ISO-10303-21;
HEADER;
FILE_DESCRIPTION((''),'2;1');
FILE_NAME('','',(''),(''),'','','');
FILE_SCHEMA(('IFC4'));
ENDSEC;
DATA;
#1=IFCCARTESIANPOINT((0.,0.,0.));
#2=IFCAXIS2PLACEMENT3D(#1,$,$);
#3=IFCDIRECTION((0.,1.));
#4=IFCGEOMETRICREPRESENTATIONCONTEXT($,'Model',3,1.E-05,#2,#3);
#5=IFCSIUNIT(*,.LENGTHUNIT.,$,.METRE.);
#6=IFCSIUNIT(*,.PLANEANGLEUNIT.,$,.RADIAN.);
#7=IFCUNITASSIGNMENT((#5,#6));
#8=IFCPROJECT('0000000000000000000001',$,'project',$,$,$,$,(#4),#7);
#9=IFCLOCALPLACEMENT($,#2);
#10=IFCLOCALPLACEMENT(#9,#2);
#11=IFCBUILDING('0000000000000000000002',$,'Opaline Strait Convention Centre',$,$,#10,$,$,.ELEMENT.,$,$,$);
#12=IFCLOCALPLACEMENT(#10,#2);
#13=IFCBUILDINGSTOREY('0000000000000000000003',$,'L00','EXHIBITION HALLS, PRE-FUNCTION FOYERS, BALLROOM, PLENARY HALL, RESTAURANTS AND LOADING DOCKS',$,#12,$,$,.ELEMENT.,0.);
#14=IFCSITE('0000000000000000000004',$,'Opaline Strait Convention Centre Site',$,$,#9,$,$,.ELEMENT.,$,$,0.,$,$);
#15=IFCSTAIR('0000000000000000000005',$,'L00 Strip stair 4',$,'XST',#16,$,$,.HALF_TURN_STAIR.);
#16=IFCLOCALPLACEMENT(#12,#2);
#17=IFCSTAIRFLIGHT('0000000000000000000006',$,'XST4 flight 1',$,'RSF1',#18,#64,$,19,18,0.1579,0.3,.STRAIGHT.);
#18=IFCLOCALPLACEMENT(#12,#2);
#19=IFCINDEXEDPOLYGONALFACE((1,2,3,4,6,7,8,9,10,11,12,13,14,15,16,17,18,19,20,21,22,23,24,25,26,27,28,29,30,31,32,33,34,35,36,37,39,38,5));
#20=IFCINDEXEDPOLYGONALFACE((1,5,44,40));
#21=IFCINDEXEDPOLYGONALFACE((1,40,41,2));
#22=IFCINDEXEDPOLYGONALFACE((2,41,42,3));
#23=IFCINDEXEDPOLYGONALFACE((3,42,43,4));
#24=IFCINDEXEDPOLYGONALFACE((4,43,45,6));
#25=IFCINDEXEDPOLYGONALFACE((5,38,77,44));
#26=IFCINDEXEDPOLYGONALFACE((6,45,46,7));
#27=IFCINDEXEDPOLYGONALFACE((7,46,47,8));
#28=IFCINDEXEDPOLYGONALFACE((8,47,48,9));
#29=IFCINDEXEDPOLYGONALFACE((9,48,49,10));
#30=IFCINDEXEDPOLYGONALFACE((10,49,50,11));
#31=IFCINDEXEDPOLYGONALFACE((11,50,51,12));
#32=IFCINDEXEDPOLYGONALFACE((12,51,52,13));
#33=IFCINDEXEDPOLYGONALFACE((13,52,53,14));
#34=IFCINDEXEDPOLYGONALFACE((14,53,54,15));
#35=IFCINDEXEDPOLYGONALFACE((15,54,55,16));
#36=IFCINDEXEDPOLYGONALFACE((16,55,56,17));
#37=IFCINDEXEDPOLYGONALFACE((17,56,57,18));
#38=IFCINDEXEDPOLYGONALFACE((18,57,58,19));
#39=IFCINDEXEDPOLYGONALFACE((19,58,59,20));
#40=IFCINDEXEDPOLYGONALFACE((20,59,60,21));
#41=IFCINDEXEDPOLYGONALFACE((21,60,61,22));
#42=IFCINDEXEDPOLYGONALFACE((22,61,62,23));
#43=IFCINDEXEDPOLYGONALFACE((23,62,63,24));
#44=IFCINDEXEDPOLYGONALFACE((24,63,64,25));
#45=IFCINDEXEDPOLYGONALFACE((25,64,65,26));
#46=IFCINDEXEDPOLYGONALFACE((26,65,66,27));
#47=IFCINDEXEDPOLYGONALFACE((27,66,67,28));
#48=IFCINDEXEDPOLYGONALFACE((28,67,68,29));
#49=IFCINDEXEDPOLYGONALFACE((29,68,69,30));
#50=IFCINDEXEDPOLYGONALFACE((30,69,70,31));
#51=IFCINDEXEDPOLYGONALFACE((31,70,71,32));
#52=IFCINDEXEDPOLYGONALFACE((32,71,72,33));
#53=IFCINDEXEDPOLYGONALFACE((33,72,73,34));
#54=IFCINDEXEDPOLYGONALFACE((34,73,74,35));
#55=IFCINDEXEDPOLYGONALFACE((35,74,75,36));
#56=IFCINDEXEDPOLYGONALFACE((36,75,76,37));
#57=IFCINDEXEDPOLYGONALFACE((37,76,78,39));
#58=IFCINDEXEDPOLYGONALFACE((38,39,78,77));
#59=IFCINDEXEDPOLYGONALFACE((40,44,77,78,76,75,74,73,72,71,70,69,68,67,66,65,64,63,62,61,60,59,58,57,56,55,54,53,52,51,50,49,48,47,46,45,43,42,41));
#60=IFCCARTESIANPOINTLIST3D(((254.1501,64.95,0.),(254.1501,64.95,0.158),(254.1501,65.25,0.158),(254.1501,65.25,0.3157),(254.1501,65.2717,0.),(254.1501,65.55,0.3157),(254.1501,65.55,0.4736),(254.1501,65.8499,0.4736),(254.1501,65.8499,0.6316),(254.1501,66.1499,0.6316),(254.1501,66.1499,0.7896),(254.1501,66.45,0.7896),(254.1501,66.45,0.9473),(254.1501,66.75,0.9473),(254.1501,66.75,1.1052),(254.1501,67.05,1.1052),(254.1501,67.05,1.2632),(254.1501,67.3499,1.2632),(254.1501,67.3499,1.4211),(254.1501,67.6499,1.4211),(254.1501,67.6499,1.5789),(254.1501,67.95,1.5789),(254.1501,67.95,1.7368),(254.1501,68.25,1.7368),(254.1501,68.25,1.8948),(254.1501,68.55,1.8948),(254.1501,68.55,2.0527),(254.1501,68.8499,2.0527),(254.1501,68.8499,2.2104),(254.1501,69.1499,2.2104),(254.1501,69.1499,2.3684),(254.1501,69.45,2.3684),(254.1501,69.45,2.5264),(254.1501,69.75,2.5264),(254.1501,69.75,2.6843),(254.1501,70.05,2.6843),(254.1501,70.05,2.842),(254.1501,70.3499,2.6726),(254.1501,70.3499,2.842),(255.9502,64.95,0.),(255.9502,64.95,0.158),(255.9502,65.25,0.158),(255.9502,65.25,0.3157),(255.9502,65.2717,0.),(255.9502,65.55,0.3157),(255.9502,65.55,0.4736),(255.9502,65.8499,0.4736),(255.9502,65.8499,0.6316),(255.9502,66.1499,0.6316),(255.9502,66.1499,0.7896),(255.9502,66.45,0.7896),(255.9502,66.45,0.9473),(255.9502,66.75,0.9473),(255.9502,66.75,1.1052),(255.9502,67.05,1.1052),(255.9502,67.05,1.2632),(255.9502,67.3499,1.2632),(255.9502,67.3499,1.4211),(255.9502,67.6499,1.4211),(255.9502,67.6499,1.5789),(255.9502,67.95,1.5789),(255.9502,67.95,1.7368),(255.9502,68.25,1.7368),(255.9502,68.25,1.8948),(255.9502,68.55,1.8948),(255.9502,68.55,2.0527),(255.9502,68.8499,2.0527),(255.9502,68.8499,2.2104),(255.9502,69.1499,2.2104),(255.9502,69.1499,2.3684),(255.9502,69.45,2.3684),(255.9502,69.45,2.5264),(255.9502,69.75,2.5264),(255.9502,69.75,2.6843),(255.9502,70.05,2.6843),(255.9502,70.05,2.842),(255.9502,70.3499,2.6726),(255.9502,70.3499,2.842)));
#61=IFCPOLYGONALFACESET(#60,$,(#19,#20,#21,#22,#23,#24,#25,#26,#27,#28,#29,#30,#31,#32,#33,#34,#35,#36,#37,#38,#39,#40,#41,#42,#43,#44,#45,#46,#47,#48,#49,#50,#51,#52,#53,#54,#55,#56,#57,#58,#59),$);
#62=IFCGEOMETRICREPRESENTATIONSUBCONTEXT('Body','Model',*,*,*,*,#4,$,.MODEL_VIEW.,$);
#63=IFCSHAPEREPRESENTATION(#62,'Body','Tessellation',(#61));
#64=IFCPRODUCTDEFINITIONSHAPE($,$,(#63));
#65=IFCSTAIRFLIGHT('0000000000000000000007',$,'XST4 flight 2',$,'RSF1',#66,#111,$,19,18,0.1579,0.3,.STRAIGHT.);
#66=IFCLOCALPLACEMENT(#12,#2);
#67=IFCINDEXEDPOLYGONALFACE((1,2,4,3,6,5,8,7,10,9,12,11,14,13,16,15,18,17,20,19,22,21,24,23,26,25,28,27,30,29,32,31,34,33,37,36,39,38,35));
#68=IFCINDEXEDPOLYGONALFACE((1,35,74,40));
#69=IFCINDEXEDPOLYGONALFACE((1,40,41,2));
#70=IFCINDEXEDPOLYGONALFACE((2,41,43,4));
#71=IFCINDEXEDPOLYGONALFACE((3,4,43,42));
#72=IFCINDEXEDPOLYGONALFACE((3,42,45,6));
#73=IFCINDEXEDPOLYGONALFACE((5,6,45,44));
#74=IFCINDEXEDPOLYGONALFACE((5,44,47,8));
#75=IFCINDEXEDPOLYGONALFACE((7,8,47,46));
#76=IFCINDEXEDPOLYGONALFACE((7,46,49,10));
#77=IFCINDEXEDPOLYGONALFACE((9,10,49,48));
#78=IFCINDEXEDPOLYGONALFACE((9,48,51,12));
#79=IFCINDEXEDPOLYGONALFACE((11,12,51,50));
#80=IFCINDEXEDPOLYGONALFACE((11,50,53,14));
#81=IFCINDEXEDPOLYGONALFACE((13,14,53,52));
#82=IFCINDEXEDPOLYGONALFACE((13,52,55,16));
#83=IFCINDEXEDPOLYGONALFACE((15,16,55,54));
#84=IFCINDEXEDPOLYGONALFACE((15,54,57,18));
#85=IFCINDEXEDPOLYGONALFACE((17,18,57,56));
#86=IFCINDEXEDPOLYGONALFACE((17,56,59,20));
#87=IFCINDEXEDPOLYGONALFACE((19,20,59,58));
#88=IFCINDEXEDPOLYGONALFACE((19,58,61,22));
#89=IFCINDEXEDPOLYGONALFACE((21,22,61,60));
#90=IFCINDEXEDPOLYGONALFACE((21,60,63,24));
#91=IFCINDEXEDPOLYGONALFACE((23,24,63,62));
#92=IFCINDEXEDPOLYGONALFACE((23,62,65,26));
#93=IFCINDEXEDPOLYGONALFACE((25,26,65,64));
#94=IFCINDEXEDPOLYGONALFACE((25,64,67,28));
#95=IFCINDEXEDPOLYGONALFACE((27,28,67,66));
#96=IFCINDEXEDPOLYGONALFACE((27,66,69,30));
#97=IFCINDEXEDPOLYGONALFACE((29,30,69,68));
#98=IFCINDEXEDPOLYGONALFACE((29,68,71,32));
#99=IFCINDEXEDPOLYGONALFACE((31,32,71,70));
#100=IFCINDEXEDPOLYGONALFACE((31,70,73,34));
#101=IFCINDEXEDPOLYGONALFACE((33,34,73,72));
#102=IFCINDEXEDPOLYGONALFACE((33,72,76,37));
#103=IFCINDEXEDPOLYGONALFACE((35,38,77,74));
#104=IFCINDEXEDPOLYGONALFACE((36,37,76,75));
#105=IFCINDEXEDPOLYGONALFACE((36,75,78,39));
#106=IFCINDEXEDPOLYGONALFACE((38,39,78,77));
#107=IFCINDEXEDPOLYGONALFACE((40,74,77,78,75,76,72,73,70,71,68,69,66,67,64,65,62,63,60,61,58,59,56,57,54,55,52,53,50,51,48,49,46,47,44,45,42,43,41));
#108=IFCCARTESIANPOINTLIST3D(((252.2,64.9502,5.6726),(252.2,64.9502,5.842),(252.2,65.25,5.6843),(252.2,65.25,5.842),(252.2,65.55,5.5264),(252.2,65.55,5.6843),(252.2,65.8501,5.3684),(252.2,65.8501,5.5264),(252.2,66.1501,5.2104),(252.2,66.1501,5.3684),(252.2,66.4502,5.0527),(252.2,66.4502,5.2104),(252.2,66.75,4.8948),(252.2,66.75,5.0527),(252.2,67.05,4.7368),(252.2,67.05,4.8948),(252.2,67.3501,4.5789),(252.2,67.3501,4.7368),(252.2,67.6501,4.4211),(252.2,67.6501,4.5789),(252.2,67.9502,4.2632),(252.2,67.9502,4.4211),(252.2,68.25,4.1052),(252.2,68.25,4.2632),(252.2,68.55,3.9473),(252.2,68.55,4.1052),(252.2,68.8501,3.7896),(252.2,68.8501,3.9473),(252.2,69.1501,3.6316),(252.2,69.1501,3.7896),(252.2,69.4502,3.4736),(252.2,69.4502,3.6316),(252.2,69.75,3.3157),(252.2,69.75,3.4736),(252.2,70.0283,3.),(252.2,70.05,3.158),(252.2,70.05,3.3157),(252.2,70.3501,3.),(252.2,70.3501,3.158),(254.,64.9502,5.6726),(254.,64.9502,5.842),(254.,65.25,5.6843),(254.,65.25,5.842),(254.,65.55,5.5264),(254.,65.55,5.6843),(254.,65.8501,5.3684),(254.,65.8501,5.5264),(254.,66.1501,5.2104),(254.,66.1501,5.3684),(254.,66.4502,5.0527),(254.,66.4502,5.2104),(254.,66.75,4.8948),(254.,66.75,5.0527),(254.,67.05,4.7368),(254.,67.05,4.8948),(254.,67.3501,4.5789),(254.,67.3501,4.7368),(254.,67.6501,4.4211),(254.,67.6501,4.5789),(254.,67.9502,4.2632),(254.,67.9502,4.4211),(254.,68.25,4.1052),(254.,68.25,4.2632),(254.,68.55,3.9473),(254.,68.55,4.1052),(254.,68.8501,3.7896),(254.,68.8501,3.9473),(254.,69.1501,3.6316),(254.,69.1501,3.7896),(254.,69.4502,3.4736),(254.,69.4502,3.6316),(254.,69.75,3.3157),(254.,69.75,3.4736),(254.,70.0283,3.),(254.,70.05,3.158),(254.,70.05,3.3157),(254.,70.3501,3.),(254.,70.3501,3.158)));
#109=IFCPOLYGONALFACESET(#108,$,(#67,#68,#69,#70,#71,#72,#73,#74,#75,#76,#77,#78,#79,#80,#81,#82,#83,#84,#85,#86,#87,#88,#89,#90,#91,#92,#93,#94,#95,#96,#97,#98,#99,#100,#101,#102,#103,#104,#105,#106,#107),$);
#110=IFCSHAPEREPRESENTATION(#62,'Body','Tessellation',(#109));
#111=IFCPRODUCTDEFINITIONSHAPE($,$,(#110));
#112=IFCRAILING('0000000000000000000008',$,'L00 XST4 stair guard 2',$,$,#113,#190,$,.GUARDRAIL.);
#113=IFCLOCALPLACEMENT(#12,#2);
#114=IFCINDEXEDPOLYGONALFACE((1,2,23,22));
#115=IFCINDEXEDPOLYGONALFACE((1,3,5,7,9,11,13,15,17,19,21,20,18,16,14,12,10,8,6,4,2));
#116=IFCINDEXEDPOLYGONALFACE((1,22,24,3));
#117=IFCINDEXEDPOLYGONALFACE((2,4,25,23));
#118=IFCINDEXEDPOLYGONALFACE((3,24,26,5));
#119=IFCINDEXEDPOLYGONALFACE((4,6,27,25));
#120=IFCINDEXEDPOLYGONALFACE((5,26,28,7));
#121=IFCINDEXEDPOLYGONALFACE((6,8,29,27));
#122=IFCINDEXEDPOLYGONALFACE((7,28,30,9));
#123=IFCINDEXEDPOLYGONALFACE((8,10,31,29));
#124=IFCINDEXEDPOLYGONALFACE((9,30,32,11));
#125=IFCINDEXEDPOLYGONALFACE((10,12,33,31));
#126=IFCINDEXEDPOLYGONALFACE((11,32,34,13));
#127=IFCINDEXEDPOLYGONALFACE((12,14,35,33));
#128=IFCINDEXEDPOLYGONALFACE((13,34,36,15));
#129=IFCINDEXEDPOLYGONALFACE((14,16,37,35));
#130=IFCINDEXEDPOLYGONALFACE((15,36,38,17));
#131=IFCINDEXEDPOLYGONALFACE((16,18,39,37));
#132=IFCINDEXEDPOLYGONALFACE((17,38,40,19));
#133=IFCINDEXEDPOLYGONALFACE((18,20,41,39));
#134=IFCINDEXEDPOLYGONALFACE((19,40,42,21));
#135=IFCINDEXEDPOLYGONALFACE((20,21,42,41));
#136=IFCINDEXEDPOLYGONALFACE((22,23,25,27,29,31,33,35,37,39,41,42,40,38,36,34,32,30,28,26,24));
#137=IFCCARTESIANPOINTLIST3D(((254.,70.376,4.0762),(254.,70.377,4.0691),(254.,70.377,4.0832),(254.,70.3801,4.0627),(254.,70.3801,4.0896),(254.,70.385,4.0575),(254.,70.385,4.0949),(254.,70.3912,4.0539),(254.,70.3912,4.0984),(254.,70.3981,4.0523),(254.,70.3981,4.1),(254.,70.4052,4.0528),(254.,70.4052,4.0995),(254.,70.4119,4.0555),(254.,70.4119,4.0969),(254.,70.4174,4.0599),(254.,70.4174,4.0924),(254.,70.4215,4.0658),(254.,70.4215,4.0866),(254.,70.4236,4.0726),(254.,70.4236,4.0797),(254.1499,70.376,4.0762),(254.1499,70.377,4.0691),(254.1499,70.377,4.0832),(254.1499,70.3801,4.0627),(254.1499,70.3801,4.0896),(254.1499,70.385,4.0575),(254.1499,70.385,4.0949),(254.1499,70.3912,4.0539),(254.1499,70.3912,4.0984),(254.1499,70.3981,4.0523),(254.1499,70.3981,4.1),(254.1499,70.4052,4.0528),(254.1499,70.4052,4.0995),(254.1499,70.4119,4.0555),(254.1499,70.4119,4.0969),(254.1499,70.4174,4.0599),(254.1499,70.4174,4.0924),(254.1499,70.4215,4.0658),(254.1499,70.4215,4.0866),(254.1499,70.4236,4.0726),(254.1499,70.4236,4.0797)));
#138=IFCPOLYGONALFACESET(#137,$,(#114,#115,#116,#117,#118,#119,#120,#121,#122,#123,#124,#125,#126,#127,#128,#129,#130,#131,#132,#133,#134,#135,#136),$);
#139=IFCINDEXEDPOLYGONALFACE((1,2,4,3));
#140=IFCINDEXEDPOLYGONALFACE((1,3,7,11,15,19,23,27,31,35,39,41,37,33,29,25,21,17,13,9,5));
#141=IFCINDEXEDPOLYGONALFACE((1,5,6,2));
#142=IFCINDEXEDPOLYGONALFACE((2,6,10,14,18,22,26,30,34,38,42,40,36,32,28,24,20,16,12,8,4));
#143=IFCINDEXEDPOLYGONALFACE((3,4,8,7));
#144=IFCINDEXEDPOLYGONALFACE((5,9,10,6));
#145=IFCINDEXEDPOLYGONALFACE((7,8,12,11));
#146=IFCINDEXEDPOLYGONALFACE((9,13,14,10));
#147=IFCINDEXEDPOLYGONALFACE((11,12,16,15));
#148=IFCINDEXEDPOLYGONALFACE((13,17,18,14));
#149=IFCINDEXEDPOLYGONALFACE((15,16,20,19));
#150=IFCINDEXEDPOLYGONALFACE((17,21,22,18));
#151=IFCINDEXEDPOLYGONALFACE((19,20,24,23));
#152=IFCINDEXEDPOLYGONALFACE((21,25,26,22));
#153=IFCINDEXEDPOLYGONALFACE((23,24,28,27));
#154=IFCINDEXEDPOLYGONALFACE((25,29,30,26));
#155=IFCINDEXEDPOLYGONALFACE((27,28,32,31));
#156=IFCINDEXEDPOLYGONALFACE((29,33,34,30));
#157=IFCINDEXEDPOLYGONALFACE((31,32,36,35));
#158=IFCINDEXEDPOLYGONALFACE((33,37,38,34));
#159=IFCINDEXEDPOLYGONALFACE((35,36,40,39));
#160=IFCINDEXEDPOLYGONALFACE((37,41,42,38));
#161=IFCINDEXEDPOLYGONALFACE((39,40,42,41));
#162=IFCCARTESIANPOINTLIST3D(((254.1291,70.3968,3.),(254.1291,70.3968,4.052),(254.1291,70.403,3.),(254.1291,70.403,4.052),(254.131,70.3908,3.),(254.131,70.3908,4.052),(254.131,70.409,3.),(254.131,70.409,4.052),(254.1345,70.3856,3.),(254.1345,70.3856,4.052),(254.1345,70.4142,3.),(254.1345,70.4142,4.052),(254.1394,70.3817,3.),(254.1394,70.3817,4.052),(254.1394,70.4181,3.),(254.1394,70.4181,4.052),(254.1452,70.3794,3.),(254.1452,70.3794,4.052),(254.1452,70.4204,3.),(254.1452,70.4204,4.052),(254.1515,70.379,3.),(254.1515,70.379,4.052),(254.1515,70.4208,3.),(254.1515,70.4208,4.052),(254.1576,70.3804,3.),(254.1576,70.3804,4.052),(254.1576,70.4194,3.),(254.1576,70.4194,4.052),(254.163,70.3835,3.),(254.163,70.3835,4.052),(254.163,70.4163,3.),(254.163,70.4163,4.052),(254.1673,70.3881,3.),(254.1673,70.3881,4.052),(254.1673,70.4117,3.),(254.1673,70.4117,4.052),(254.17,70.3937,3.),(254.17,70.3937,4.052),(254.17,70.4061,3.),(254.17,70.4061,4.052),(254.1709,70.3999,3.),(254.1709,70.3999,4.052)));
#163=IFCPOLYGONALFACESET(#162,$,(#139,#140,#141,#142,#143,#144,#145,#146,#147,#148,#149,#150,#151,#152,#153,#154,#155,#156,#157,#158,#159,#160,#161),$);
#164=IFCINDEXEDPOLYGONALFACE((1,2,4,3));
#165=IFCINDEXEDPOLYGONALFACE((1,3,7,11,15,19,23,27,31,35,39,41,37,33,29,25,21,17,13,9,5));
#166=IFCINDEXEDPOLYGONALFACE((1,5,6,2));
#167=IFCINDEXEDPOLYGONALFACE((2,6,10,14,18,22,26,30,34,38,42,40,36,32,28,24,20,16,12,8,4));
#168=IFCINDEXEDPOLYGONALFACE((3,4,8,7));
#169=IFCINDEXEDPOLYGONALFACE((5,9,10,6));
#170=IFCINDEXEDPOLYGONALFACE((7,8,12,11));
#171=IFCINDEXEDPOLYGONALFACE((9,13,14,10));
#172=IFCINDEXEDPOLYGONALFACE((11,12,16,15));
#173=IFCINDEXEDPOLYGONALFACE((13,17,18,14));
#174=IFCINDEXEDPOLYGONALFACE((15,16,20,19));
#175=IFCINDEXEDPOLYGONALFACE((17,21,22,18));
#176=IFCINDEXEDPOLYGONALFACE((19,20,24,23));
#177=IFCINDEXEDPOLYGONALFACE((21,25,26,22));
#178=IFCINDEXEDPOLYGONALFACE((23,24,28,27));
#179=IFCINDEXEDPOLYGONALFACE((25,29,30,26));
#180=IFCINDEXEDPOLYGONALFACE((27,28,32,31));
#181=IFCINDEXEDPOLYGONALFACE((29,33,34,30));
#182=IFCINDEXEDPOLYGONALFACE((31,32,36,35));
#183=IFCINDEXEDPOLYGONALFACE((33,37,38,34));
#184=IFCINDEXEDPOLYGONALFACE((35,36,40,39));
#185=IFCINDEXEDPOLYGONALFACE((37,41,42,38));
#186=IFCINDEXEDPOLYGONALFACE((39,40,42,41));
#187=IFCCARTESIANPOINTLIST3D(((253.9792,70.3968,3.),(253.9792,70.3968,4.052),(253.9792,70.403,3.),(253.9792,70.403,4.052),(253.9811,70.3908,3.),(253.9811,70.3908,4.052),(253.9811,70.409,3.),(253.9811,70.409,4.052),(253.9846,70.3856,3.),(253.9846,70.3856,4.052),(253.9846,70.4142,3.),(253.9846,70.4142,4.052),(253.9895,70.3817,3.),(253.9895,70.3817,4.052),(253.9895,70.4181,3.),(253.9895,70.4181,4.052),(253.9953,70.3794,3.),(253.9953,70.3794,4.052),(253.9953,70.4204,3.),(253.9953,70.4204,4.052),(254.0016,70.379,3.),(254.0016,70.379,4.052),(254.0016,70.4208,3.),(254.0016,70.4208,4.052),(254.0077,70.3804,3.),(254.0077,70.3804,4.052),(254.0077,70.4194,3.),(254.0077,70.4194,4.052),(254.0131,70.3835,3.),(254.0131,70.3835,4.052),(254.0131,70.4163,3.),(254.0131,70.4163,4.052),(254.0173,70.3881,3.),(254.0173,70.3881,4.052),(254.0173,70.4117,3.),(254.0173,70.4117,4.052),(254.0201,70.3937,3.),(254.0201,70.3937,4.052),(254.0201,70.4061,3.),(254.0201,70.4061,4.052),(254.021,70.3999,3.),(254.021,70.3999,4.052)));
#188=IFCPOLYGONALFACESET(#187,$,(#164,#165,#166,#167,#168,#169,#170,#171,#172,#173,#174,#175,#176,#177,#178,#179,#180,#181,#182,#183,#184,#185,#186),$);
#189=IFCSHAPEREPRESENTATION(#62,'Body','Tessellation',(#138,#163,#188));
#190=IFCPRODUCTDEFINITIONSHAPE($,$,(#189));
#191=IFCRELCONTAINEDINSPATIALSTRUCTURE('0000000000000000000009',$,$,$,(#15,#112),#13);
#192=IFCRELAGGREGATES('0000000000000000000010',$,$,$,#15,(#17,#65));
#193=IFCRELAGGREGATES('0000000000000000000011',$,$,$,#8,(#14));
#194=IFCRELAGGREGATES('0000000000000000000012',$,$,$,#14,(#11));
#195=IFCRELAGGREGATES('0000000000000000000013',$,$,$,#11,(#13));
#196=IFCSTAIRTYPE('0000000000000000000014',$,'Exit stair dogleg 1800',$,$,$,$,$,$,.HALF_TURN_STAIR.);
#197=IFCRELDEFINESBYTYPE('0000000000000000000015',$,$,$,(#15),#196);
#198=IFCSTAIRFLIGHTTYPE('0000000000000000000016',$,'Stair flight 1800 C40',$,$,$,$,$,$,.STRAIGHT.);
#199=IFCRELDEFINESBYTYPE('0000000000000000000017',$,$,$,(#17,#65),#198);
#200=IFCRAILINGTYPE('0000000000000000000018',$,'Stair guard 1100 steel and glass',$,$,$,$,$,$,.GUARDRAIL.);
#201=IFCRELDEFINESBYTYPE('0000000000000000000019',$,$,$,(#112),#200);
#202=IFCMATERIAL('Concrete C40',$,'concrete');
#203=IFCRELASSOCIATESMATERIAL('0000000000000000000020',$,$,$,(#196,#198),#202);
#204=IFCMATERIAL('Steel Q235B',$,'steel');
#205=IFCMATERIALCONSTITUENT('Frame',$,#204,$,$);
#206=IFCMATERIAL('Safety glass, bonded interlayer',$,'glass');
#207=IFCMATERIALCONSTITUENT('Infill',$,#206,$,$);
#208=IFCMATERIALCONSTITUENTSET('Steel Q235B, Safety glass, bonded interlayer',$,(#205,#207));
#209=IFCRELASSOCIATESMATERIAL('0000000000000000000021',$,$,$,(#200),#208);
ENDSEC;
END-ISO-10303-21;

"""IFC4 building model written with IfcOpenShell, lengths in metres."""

from ifc_helpers import new_model, si_unit, direction, frame, origin, origin_2d, place, context, subcontext, project, spatial, polyline, circle, outline, extrude, material, constituent, constituent_set, type_object, element, aggregate, save


model = new_model("IFC4")

# Units and contexts
model_context = context("Model", 3, precision=1e-05, world=origin(), true_north=direction((0.0, 1.0)))
body_context = subcontext(model_context, "Body", "Model", "MODEL_VIEW")
ifc_project = project(units=[si_unit("LENGTHUNIT", "METRE"), si_unit("PLANEANGLEUNIT", "RADIAN")], contexts=[model_context])

# Site, building, storey
site_placement = place(None, origin())
site = spatial("IfcSite", under=ifc_project, at=site_placement, Name="Opaline Strait Convention Centre Site", CompositionType="ELEMENT", RefElevation=0.0)
building_placement = place(site_placement, origin())
building = spatial("IfcBuilding", under=site, at=building_placement, Name="Opaline Strait Convention Centre", CompositionType="ELEMENT")
storey_placement = place(building_placement, origin())
storey = spatial("IfcBuildingStorey", under=building, at=storey_placement, Name="L00", Description="EXHIBITION HALLS, PRE-FUNCTION FOYERS, BALLROOM, PLENARY HALL, RESTAURANTS AND LOADING DOCKS", CompositionType="ELEMENT", Elevation=0.0)

# Shared definitions
ifc_material_1 = material(Name="Concrete C40", Category="concrete")

# Stair, stair flights
stair_type = type_object("IfcStairType", Name="Exit stair dogleg 1800", PredefinedType="HALF_TURN_STAIR", material=ifc_material_1)
stair_placement = place(storey_placement, origin())
stair = element("IfcStair", 1, at=stair_placement, inside=storey, type_object=stair_type, Name="L00 Strip stair 4", ObjectType="XST", PredefinedType="HALF_TURN_STAIR")
stair_flight_type = type_object("IfcStairFlightType", Name="Stair flight 1800 C40", PredefinedType="STRAIGHT", material=ifc_material_1)
stair_flight_1_placement = place(storey_placement, frame((255.05, 64.95, 0.0), z_axis=(0.0, 0.0, 1.0), x_axis=(0.0, 1.0, 0.0)))
stair_flight_1 = element("IfcStairFlight", 2, at=stair_flight_1_placement, type_object=stair_flight_type, Name="XST4 flight 1", ObjectType="RSF1", NumberOfRisers=19, NumberOfTreads=18, PredefinedType="STRAIGHT", RiserHeight=0.1579, TreadLength=0.3, context=body_context, shape_type="SweptSolid", body=[
    extrude(outline(polyline([(0.0, 0.0), (0.0, 0.158), (0.3, 0.158), (0.3, 0.3157), (0.6001, 0.3157), (0.6001, 0.4736), (0.8999, 0.4736), (0.8999, 0.6316), (1.2, 0.6316), (1.2, 0.7896), (1.5, 0.7896), (1.5, 0.9473), (1.8, 0.9473), (1.8, 1.1052), (2.1001, 1.1052), (2.1001, 1.2632), (2.3999, 1.2632), (2.3999, 1.4211), (2.7, 1.4211), (2.7, 1.5789), (3.0, 1.5789), (3.0, 1.7368), (3.3, 1.7368), (3.3, 1.8948), (3.6001, 1.8948), (3.6001, 2.0527), (3.8999, 2.0527), (3.8999, 2.2104), (4.2, 2.2104), (4.2, 2.3684), (4.5, 2.3684), (4.5, 2.5264), (4.8, 2.5264), (4.8, 2.6843), (5.1001, 2.6843), (5.1001, 2.842), (5.3999, 2.842), (5.3999, 3.0), (5.3999, 2.6726), (0.3218, 0.0), (0.0, 0.0)])), frame((0.0, 0.8999, 0.0), z_axis=(0.0, -1.0, 0.0), x_axis=(1.0, 0.0, 0.0)), (0.0, 0.0, 1.0), 1.8),
])
stair_flight_2_placement = place(storey_placement, frame((253.1001, 70.3501, 3.0), z_axis=(0.0, 0.0, 1.0), x_axis=(0.0, -1.0, 0.0)))
stair_flight_2 = element("IfcStairFlight", 3, at=stair_flight_2_placement, type_object=stair_flight_type, Name="XST4 flight 2", ObjectType="RSF1", NumberOfRisers=19, NumberOfTreads=18, PredefinedType="STRAIGHT", RiserHeight=0.1579, TreadLength=0.3, context=body_context, shape_type="SweptSolid", body=[
    extrude(outline(polyline([(0.0, 0.0), (0.0, 0.158), (0.3, 0.158), (0.3, 0.3157), (0.6001, 0.3157), (0.6001, 0.4736), (0.8999, 0.4736), (0.8999, 0.6316), (1.2, 0.6316), (1.2, 0.7896), (1.5, 0.7896), (1.5, 0.9473), (1.8, 0.9473), (1.8, 1.1052), (2.1001, 1.1052), (2.1001, 1.2632), (2.3999, 1.2632), (2.3999, 1.4211), (2.7, 1.4211), (2.7, 1.5789), (3.0, 1.5789), (3.0, 1.7368), (3.3, 1.7368), (3.3, 1.8948), (3.6001, 1.8948), (3.6001, 2.0527), (3.8999, 2.0527), (3.8999, 2.2104), (4.2, 2.2104), (4.2, 2.3684), (4.5, 2.3684), (4.5, 2.5264), (4.8, 2.5264), (4.8, 2.6843), (5.1001, 2.6843), (5.1001, 2.842), (5.3999, 2.842), (5.3999, 3.0), (5.3999, 2.6726), (0.3218, 0.0), (0.0, 0.0)])), frame((0.0, 0.8999, 0.0), z_axis=(0.0, -1.0, 0.0), x_axis=(1.0, 0.0, 0.0)), (0.0, 0.0, 1.0), 1.8),
])
aggregate(stair, [stair_flight_1, stair_flight_2])

# Railing
ifc_material_2 = material(Name="Steel Q235B", Category="steel")
ifc_constituent_1 = constituent(ifc_material_2, Name="Frame")
ifc_material_3 = material(Name="Safety glass, bonded interlayer", Category="glass")
ifc_constituent_2 = constituent(ifc_material_3, Name="Infill")
ifc_constituent_set = constituent_set(constituents=[ifc_constituent_1, ifc_constituent_2], Name="Steel Q235B, Safety glass, bonded interlayer")
railing_type_1 = type_object("IfcRailingType", Name="Stair guard 1100 steel and glass", PredefinedType="GUARDRAIL", material=ifc_constituent_set)
railing_1_placement = place(storey_placement, frame((254.1499, 70.3999, 3.0)))
element("IfcRailing", 4, at=railing_1_placement, inside=storey, type_object=railing_type_1, Name="L00 XST4 stair guard 2", PredefinedType="GUARDRAIL", context=body_context, shape_type="SweptSolid", body=[
    extrude(circle(Radius=0.0239, at=origin_2d()), frame((0.0, 0.0, 1.0762), z_axis=(-1.0, 0.0, 0.0), x_axis=(0.0, -1.0, 0.0)), (0.0, 0.0, 1.0), 0.1499),
    extrude(circle(Radius=0.021, at=origin_2d()), origin(), (0.0, 0.0, 1.0), 1.052),
    extrude(circle(Radius=0.021, at=origin_2d()), frame((-0.1499, 0.0, 0.0)), (0.0, 0.0, 1.0), 1.052),
])

save(model, "model.ifc")
